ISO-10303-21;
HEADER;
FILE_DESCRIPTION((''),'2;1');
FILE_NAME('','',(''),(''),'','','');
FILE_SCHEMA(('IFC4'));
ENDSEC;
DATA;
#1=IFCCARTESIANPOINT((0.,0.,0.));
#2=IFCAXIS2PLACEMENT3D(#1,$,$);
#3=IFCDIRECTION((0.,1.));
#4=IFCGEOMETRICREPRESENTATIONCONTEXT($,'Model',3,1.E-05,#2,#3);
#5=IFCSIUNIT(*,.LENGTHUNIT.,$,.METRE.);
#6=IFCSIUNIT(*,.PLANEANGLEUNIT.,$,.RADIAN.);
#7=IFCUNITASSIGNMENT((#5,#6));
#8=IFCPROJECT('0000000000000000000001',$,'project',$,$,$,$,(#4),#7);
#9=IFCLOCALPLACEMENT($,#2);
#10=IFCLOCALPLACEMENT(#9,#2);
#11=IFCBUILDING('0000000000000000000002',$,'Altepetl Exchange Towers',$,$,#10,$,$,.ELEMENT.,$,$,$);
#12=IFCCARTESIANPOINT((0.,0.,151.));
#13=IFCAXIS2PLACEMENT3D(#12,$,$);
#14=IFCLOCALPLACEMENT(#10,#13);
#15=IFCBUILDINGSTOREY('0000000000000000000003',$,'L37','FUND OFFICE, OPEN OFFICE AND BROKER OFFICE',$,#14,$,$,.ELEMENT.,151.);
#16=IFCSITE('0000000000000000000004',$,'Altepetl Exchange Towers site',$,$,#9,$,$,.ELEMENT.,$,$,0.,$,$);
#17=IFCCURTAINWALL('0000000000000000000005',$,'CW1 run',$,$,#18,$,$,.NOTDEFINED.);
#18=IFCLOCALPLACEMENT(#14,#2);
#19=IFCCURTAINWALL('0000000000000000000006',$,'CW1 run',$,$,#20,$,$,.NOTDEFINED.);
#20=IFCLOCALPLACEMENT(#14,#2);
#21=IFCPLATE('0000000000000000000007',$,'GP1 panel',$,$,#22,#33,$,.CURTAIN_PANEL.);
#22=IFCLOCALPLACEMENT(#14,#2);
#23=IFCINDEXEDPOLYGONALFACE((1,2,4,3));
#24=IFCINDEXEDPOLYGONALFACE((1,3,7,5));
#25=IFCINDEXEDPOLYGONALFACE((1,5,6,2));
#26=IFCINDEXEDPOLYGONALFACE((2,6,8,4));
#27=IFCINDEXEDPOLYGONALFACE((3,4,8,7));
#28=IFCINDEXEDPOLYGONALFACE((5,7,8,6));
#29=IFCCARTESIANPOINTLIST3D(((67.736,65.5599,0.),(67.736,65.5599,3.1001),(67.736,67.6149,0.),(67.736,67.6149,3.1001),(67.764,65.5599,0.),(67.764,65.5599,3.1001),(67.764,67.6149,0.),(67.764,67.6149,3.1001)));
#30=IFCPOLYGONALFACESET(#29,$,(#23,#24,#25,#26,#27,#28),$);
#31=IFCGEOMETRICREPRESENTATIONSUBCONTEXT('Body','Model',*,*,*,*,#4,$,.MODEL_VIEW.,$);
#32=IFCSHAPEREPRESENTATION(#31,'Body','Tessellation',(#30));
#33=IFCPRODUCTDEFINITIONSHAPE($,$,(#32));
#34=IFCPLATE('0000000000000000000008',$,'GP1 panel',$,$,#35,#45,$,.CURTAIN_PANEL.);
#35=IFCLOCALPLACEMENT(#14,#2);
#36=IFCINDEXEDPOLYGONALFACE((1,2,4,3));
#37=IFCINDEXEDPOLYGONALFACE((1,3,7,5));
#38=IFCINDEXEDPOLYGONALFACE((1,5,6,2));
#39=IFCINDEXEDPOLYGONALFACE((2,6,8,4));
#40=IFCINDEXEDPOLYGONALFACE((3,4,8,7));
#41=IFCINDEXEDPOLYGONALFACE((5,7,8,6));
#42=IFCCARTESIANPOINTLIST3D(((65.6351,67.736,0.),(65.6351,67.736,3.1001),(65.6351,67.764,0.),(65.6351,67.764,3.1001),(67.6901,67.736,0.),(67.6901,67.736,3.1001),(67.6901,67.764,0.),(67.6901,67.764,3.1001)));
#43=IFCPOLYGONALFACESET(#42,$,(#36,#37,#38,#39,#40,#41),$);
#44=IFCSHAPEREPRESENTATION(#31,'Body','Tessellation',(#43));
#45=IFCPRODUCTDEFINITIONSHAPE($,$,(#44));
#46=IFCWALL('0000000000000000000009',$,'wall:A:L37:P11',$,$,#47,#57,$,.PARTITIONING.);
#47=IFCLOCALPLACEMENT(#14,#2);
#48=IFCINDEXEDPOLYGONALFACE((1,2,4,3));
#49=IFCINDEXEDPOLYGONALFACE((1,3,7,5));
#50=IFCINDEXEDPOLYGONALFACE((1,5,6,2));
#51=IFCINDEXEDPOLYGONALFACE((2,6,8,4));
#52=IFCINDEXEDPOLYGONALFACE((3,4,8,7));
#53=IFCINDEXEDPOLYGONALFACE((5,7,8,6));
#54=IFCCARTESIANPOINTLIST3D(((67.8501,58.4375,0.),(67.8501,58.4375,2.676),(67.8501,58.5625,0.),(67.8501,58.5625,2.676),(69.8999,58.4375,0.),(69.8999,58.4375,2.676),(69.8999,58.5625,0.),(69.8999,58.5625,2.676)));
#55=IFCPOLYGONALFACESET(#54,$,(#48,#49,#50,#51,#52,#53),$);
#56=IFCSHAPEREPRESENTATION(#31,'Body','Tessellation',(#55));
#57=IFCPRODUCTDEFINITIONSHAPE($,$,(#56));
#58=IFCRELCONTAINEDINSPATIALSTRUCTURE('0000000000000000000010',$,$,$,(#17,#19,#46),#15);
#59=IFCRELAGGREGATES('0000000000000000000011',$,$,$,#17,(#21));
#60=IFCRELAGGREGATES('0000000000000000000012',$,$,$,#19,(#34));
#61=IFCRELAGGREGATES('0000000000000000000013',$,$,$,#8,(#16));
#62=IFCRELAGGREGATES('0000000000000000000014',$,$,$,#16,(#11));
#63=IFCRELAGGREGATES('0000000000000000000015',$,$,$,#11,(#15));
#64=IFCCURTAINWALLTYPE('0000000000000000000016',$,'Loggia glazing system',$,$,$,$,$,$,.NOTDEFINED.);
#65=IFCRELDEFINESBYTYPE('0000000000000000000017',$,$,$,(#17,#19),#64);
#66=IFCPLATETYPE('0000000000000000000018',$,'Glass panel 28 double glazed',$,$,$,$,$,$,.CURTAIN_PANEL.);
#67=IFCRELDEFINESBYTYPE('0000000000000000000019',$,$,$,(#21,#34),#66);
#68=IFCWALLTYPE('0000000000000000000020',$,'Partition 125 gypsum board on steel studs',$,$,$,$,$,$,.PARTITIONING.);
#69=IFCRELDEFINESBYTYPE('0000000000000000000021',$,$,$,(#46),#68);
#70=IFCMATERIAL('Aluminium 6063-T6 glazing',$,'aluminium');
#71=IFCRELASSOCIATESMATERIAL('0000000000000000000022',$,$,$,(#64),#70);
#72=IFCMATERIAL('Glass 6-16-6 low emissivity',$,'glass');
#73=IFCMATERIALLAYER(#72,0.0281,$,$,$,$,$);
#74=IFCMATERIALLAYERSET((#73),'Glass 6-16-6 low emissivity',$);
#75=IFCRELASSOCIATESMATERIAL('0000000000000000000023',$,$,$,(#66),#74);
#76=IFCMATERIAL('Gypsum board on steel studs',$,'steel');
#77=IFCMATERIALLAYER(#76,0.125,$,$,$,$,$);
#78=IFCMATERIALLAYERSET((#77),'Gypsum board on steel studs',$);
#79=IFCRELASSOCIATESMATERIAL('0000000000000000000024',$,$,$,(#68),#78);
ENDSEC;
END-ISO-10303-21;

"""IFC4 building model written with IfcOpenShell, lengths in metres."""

from ifc_helpers import new_model, si_unit, direction, frame, frame_2d, origin, origin_2d, place, context, subcontext, project, spatial, rectangle, extrude, material, layer, layer_set, type_object, element, aggregate, save


model = new_model("IFC4")

# Units and contexts
model_context = context("Model", 3, precision=1e-05, world=origin(), true_north=direction((0.0, 1.0)))
body_context = subcontext(model_context, "Body", "Model", "MODEL_VIEW")
ifc_project = project(units=[si_unit("LENGTHUNIT", "METRE"), si_unit("PLANEANGLEUNIT", "RADIAN")], contexts=[model_context])

# Site, building, storey
site_placement = place(None, origin())
site = spatial("IfcSite", under=ifc_project, at=site_placement, Name="Altepetl Exchange Towers site", CompositionType="ELEMENT", RefElevation=0.0)
building_placement = place(site_placement, origin())
building = spatial("IfcBuilding", under=site, at=building_placement, Name="Altepetl Exchange Towers", CompositionType="ELEMENT")
storey_placement = place(building_placement, frame((0.0, 0.0, 151.0)))
storey = spatial("IfcBuildingStorey", under=building, at=storey_placement, Name="L37", Description="FUND OFFICE, OPEN OFFICE AND BROKER OFFICE", CompositionType="ELEMENT", Elevation=151.0)

# Curtain walls
ifc_material_1 = material(Name="Aluminium 6063-T6 glazing", Category="aluminium")
curtain_wall_type = type_object("IfcCurtainWallType", Name="Loggia glazing system", PredefinedType="NOTDEFINED", material=ifc_material_1)
curtain_wall_1_placement = place(storey_placement, origin())
curtain_wall_1 = element("IfcCurtainWall", 1, at=curtain_wall_1_placement, inside=storey, type_object=curtain_wall_type, Name="CW1 run", PredefinedType="NOTDEFINED")
curtain_wall_2_placement = place(storey_placement, origin())
curtain_wall_2 = element("IfcCurtainWall", 2, at=curtain_wall_2_placement, inside=storey, type_object=curtain_wall_type, Name="CW1 run", PredefinedType="NOTDEFINED")

# Plates
ifc_material_2 = material(Name="Glass 6-16-6 low emissivity", Category="glass")
ifc_layer_1 = layer(ifc_material_2, 0.0281)
ifc_layer_set_1 = layer_set([ifc_layer_1], Name="Glass 6-16-6 low emissivity")
plate_type = type_object("IfcPlateType", Name="Glass panel 28 double glazed", PredefinedType="CURTAIN_PANEL", material=ifc_layer_set_1)
plate_1_placement = place(storey_placement, frame((67.75, 66.5874, 0.0), z_axis=(0.0, 0.0, 1.0), x_axis=(0.0, 1.0, 0.0)))
plate_1 = element("IfcPlate", 3, at=plate_1_placement, type_object=plate_type, Name="GP1 panel", PredefinedType="CURTAIN_PANEL", context=body_context, shape_type="SweptSolid", body=[
    extrude(rectangle(XDim=2.0549, YDim=0.0281, at=origin_2d()), origin(), (0.0, 0.0, 1.0), 3.1001),
])
aggregate(curtain_wall_1, [plate_1])
plate_2_placement = place(storey_placement, frame((66.6626, 67.75, 0.0), z_axis=(0.0, 0.0, 1.0), x_axis=(-1.0, 0.0, 0.0)))
plate_2 = element("IfcPlate", 4, at=plate_2_placement, type_object=plate_type, Name="GP1 panel", PredefinedType="CURTAIN_PANEL", context=body_context, shape_type="SweptSolid", body=[
    extrude(rectangle(XDim=2.0549, YDim=0.0281, at=origin_2d()), origin(), (0.0, 0.0, 1.0), 3.1001),
])
aggregate(curtain_wall_2, [plate_2])

# Wall
ifc_material_3 = material(Name="Gypsum board on steel studs", Category="steel")
ifc_layer_2 = layer(ifc_material_3, 0.125)
ifc_layer_set_2 = layer_set([ifc_layer_2], Name="Gypsum board on steel studs")
wall_type = type_object("IfcWallType", Name="Partition 125 gypsum board on steel studs", PredefinedType="PARTITIONING", material=ifc_layer_set_2)
wall_placement = place(storey_placement, frame((67.8501, 58.5, 0.0)))
element("IfcWall", 5, at=wall_placement, inside=storey, type_object=wall_type, Name="wall:A:L37:P11", PredefinedType="PARTITIONING", context=body_context, shape_type="SweptSolid", body=[
    extrude(rectangle(XDim=2.0498, YDim=0.125, at=frame_2d((1.0249, 0.0))), origin(), (0.0, 0.0, 1.0), 2.676),
])

save(model, "model.ifc")
